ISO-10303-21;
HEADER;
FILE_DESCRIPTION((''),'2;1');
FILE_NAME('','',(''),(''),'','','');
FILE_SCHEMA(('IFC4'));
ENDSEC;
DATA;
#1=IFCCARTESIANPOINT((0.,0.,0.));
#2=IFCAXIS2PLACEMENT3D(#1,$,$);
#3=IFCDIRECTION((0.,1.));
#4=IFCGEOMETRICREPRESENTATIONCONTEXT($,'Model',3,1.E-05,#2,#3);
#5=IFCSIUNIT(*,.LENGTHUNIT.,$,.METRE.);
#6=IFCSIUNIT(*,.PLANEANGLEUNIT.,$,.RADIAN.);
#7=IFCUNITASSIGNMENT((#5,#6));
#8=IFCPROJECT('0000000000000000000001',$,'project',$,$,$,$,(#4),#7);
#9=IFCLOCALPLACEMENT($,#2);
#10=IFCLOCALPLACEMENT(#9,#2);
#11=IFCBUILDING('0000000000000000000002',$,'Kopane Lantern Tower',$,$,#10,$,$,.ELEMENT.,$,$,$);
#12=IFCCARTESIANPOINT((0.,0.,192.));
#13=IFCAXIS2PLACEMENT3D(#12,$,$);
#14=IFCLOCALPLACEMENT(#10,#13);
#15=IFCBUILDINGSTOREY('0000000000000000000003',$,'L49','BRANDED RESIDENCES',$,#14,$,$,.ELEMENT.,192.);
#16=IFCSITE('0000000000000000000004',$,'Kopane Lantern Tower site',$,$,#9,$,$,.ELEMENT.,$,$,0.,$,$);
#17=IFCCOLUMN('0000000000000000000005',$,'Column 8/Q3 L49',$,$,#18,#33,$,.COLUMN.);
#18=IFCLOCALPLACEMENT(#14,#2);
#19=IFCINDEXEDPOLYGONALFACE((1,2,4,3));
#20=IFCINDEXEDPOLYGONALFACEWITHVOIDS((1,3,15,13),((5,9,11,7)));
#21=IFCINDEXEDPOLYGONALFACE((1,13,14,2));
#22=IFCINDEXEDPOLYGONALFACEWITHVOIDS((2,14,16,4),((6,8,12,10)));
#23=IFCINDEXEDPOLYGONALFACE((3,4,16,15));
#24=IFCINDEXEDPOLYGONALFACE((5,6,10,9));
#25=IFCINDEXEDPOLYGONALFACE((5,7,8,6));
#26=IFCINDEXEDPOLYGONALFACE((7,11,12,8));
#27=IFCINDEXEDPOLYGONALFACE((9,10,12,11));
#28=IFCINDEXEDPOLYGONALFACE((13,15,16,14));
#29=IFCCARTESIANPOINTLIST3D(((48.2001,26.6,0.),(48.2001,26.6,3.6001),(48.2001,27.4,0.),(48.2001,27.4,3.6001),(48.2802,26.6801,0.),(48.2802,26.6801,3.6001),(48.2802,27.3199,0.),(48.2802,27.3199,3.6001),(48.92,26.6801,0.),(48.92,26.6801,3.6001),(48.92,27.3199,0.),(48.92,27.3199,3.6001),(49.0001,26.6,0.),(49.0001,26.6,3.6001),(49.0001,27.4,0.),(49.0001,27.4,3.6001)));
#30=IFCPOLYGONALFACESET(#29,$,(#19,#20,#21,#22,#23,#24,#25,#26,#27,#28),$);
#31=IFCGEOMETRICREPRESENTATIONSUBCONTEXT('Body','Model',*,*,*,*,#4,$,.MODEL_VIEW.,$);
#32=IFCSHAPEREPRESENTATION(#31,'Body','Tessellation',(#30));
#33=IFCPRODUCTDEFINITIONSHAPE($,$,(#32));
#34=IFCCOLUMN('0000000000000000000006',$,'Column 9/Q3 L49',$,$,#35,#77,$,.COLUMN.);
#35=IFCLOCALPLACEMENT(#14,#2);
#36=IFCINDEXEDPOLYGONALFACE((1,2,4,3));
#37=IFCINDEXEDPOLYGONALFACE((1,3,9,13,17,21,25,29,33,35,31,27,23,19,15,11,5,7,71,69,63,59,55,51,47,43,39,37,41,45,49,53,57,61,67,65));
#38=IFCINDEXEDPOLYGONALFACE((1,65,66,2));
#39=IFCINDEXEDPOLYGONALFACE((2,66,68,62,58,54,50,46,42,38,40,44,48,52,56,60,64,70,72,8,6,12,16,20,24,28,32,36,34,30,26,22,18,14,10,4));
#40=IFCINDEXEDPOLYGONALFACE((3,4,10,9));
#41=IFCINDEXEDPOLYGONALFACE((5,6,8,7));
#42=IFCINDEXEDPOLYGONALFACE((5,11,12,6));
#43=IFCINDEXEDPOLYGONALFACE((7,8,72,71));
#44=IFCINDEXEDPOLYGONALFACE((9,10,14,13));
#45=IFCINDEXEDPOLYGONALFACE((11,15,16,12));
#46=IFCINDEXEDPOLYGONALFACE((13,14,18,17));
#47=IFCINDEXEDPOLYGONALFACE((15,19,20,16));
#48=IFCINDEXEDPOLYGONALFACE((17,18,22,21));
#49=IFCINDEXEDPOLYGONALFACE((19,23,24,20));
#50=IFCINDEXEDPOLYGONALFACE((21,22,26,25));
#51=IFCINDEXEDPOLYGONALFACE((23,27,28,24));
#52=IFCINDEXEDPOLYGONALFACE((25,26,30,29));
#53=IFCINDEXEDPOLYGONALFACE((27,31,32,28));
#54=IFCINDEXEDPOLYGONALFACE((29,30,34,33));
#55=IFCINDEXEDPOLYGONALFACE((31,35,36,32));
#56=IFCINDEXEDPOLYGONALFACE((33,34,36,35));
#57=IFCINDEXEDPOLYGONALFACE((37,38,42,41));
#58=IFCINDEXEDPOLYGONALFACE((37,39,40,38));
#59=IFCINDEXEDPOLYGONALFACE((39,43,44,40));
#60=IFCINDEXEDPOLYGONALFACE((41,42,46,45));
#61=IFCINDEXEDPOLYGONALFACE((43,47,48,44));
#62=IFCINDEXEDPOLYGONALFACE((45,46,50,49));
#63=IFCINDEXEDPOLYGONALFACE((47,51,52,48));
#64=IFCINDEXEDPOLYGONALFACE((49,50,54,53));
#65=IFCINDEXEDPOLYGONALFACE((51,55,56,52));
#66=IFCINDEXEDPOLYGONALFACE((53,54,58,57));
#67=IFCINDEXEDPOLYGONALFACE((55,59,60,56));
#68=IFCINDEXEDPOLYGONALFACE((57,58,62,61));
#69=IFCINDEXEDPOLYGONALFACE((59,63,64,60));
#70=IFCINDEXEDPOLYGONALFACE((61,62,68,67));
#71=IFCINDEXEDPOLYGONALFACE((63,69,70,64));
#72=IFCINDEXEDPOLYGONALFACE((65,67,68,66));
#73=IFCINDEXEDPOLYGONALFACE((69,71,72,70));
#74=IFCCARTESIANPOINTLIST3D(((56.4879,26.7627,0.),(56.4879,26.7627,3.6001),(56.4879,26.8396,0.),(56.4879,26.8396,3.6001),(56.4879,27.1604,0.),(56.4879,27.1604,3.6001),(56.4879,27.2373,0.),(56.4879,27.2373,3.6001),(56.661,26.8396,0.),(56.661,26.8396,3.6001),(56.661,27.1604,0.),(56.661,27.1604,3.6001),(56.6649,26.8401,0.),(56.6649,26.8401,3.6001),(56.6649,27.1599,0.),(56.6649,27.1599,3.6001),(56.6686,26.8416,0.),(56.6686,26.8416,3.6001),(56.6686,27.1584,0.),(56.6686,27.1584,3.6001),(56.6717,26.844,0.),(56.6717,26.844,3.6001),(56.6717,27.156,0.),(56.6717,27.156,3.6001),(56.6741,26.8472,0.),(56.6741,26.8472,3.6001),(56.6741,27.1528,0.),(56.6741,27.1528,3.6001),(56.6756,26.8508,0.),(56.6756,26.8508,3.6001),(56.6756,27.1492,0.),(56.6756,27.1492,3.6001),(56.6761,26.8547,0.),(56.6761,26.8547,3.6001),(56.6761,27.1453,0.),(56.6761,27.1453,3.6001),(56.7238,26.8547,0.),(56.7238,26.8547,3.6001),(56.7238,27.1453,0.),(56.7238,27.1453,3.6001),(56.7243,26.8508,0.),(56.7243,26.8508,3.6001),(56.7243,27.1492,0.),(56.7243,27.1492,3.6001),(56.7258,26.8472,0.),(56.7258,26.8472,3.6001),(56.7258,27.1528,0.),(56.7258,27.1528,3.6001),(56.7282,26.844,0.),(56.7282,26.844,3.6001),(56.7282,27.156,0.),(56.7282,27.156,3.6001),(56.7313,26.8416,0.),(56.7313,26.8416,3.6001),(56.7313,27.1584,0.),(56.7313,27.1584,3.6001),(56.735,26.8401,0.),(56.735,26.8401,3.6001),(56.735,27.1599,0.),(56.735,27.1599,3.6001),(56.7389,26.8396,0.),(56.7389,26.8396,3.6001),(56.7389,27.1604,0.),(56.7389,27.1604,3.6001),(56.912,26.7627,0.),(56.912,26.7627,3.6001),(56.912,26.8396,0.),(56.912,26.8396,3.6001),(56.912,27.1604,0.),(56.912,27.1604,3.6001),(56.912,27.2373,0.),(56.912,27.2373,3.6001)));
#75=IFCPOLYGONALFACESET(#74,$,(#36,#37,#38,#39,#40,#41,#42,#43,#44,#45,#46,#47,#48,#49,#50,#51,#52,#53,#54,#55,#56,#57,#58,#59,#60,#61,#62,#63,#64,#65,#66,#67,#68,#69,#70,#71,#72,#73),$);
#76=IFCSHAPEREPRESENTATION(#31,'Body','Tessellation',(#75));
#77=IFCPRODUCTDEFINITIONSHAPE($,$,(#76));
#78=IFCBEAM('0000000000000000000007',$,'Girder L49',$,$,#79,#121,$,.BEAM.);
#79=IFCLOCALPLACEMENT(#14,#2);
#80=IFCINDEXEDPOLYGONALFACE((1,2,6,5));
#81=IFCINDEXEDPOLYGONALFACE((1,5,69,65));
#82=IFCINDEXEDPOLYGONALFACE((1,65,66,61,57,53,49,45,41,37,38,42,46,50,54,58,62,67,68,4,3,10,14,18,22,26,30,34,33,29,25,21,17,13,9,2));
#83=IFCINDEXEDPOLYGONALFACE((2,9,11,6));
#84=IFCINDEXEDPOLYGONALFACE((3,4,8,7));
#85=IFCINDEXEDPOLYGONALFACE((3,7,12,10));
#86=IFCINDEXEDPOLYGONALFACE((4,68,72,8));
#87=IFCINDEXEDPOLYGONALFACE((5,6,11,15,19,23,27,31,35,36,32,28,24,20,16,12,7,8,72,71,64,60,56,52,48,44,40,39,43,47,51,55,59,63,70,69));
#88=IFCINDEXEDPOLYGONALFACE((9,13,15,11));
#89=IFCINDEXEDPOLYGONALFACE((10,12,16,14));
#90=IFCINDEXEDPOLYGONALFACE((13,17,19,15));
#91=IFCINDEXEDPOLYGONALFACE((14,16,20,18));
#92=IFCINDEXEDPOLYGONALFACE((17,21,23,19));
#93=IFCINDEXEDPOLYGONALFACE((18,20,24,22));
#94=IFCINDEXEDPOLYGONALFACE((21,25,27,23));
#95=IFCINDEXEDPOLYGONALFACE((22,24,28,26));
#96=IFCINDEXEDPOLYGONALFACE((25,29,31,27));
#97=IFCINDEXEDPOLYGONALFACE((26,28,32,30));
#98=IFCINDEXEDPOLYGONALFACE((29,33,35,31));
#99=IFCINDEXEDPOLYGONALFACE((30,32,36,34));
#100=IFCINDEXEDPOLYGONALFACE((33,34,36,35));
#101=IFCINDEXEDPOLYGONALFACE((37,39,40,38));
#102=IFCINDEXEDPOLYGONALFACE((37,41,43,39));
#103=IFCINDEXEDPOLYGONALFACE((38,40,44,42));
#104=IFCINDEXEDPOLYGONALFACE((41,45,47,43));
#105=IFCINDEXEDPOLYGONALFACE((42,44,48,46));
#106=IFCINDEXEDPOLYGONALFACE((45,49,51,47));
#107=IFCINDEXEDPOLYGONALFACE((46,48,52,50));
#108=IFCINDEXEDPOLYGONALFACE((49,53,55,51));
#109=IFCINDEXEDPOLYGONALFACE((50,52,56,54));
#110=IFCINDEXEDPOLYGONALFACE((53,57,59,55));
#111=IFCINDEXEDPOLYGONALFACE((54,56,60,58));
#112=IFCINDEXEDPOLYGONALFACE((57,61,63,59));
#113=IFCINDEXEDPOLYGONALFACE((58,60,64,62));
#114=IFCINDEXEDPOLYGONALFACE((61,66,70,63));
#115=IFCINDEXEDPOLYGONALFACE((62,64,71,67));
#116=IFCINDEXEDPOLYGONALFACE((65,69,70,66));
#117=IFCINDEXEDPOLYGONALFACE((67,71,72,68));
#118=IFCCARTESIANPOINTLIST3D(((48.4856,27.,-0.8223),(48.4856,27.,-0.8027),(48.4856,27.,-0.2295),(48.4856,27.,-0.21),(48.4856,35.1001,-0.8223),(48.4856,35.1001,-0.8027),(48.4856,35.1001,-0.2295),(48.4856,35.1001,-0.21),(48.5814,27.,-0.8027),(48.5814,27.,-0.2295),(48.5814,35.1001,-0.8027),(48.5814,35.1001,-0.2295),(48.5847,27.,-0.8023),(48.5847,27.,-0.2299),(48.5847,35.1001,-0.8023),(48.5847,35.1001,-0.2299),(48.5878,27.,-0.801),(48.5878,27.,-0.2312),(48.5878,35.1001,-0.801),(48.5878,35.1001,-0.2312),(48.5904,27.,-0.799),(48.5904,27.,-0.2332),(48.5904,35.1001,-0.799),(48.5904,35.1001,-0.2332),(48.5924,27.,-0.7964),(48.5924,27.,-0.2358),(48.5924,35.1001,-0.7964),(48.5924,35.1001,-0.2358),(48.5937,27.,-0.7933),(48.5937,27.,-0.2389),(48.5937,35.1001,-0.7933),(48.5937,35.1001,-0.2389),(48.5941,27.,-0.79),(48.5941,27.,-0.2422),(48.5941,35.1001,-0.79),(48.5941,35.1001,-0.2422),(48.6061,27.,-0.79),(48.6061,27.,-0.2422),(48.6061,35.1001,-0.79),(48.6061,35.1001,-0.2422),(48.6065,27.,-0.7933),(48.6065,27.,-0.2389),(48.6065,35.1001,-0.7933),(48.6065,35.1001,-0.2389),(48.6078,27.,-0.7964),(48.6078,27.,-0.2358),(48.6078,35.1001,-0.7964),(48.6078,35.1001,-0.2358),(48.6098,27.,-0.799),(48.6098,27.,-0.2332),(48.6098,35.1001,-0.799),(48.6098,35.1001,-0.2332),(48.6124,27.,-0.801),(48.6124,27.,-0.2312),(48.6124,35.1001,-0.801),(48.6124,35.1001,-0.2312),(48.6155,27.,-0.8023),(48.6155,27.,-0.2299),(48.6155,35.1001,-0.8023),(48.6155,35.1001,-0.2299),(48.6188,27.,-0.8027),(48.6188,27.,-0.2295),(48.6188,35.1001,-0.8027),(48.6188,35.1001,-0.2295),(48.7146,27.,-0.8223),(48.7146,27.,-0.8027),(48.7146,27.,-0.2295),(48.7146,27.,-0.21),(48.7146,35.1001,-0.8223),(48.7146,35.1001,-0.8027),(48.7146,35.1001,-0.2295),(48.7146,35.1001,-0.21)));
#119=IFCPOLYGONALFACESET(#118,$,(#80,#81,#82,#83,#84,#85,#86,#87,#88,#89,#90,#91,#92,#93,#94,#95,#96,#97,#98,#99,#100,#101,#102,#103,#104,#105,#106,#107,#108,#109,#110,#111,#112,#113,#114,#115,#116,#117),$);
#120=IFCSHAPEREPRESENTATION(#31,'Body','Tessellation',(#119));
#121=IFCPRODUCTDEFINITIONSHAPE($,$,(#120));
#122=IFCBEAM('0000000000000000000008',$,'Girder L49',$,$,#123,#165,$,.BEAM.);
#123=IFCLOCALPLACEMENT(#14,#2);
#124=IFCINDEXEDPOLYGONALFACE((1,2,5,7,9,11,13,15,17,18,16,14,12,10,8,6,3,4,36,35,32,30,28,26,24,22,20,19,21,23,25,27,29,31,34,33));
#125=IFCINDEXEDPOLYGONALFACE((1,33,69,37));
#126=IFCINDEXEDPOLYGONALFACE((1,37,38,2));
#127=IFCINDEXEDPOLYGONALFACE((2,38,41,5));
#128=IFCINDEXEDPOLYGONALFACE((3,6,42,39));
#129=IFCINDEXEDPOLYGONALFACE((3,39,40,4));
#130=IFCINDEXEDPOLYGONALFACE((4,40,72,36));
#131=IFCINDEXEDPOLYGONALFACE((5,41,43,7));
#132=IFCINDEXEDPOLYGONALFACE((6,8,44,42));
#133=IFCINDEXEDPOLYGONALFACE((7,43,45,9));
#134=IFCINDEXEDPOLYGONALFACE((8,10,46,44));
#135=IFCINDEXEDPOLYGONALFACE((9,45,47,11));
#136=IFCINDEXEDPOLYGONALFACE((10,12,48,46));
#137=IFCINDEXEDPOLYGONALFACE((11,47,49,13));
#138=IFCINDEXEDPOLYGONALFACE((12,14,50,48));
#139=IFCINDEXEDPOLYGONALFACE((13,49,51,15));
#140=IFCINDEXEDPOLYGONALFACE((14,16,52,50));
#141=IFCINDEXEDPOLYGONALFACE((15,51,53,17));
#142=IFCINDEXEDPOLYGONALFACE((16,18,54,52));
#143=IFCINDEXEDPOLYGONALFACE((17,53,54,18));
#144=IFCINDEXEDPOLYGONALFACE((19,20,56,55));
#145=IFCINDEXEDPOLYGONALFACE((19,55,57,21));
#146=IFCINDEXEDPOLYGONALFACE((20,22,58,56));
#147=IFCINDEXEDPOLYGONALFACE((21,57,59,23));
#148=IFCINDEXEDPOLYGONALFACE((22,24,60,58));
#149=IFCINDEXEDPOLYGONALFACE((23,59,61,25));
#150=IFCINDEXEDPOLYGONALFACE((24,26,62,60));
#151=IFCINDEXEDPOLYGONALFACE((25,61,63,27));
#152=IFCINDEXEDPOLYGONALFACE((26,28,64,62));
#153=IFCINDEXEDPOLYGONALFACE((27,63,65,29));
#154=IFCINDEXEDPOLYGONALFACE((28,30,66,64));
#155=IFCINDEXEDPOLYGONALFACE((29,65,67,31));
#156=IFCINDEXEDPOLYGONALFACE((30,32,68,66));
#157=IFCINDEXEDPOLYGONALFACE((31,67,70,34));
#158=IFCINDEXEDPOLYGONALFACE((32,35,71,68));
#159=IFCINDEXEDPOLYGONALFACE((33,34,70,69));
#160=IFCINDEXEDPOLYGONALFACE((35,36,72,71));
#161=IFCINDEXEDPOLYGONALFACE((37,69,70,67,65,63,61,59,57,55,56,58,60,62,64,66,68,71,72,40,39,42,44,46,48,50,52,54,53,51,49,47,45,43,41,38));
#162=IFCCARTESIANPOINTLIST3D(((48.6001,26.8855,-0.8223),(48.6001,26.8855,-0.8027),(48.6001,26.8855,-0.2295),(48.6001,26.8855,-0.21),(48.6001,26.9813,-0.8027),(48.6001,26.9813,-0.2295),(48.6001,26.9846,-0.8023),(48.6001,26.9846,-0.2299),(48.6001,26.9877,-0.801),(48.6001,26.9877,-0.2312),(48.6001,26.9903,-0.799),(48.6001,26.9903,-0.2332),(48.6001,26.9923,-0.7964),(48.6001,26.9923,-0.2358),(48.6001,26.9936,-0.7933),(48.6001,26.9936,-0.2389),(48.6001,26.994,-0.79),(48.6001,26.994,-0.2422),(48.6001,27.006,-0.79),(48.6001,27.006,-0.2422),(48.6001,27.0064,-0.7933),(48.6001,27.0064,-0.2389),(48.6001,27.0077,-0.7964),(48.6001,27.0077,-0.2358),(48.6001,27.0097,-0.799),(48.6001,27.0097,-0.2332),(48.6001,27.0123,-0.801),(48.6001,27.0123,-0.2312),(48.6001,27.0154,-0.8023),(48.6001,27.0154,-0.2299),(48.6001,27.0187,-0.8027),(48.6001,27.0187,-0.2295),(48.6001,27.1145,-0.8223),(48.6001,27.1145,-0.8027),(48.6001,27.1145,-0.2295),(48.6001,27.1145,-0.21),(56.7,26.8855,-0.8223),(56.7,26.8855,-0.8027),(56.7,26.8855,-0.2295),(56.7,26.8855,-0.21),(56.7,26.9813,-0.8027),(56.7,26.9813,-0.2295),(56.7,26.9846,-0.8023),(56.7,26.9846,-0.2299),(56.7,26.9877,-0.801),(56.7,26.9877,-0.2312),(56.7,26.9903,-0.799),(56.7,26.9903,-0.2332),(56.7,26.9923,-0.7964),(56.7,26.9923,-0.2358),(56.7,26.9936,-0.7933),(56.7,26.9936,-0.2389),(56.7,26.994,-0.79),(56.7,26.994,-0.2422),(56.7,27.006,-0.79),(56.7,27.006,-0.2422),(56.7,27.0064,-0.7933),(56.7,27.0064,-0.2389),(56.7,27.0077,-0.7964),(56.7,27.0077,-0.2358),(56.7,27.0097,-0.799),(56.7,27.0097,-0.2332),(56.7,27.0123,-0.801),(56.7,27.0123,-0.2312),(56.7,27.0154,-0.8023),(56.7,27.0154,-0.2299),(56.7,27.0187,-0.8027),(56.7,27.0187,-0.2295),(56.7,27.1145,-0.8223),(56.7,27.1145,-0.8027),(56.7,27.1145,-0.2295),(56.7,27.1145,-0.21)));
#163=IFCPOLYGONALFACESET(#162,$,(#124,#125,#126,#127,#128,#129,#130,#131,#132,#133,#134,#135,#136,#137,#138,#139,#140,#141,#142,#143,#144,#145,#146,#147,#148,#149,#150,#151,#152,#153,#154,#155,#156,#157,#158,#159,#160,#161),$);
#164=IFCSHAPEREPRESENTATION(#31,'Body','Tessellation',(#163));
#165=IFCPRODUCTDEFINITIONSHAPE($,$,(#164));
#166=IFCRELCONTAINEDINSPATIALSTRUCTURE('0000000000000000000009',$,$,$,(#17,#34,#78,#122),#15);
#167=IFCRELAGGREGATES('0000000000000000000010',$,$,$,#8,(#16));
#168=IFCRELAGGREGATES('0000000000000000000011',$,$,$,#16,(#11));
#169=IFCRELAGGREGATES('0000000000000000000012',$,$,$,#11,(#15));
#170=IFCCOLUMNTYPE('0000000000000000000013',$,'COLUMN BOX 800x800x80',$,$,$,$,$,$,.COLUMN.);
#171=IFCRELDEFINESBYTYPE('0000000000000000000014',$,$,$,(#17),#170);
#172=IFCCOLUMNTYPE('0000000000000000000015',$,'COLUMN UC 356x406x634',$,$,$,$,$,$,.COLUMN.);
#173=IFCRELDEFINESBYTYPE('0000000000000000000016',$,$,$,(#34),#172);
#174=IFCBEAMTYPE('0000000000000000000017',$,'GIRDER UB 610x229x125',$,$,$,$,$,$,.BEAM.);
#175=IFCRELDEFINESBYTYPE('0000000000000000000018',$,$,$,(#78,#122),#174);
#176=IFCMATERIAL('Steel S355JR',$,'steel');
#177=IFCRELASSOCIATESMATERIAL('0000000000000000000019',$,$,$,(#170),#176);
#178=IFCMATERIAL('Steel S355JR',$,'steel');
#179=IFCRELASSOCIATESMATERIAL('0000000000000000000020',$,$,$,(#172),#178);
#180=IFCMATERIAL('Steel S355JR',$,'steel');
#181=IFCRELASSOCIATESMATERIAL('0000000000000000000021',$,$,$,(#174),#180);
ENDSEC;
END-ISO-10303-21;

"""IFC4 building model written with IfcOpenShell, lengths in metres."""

from ifc_helpers import new_model, si_unit, direction, frame, origin, origin_2d, place, context, subcontext, project, spatial, hollow_rectangle, i_section, extrude, material, material_profile, profile_set, type_object, element, save


model = new_model("IFC4")

# Units and contexts
model_context = context("Model", 3, precision=1e-05, world=origin(), true_north=direction((0.0, 1.0)))
body_context = subcontext(model_context, "Body", "Model", "MODEL_VIEW")
ifc_project = project(units=[si_unit("LENGTHUNIT", "METRE"), si_unit("PLANEANGLEUNIT", "RADIAN")], contexts=[model_context])

# Site, building, storey
site_placement = place(None, origin())
site = spatial("IfcSite", under=ifc_project, at=site_placement, Name="Kopane Lantern Tower site", CompositionType="ELEMENT", RefElevation=0.0)
building_placement = place(site_placement, origin())
building = spatial("IfcBuilding", under=site, at=building_placement, Name="Kopane Lantern Tower", CompositionType="ELEMENT")
storey_placement = place(building_placement, frame((0.0, 0.0, 192.0)))
storey = spatial("IfcBuildingStorey", under=building, at=storey_placement, Name="L49", Description="BRANDED RESIDENCES", CompositionType="ELEMENT", Elevation=192.0)

# Columns
ifc_material_1 = material(Name="Steel S355JR", Category="steel")
ifc_material_profile_1 = material_profile(ifc_material_1, hollow_rectangle(XDim=0.8, YDim=0.8, WallThickness=0.0801, at=origin_2d()), Name="BOX 800x800x80")
ifc_profile_set_1 = profile_set([ifc_material_profile_1], Name="Steel S355JR")
column_type_1 = type_object("IfcColumnType", Name="COLUMN BOX 800x800x80", PredefinedType="COLUMN", material=ifc_profile_set_1)
column_1_placement = place(storey_placement, frame((48.6001, 27.0, 0.0), z_axis=(0.0, 0.0, 1.0), x_axis=(1.0, 0.0, 0.0)))
element("IfcColumn", 1, at=column_1_placement, inside=storey, type_object=column_type_1, Name="Column 8/Q3 L49", PredefinedType="COLUMN", context=body_context, shape_type="SweptSolid", body=[
    extrude(hollow_rectangle(XDim=0.8, YDim=0.8, WallThickness=0.0801, at=origin_2d()), origin(), (0.0, 0.0, 1.0), 3.6001),
])
ifc_material_2 = material(Name="Steel S355JR", Category="steel")
ifc_material_profile_2 = material_profile(ifc_material_2, i_section(OverallWidth=0.4241, OverallDepth=0.4746, WebThickness=0.0476, FlangeThickness=0.0769, FilletRadius=0.0151, at=origin_2d()), Name="UC 356x406x634")
ifc_profile_set_2 = profile_set([ifc_material_profile_2], Name="Steel S355JR")
column_type_2 = type_object("IfcColumnType", Name="COLUMN UC 356x406x634", PredefinedType="COLUMN", material=ifc_profile_set_2)
column_2_placement = place(storey_placement, frame((56.7, 27.0, 0.0), z_axis=(0.0, 0.0, 1.0), x_axis=(1.0, 0.0, 0.0)))
element("IfcColumn", 2, at=column_2_placement, inside=storey, type_object=column_type_2, Name="Column 9/Q3 L49", PredefinedType="COLUMN", context=body_context, shape_type="SweptSolid", body=[
    extrude(i_section(OverallWidth=0.4241, OverallDepth=0.4746, WebThickness=0.0476, FlangeThickness=0.0769, FilletRadius=0.0151, at=origin_2d()), origin(), (0.0, 0.0, 1.0), 3.6001),
])

# Beams
ifc_material_3 = material(Name="Steel S355JR", Category="steel")
ifc_material_profile_3 = material_profile(ifc_material_3, i_section(OverallWidth=0.229, OverallDepth=0.6123, WebThickness=0.012, FlangeThickness=0.0195, FilletRadius=0.0127, at=origin_2d()), Name="UB 610x229x125")
ifc_profile_set_3 = profile_set([ifc_material_profile_3], Name="Steel S355JR")
beam_type = type_object("IfcBeamType", Name="GIRDER UB 610x229x125", PredefinedType="BEAM", material=ifc_profile_set_3)
beam_1_placement = place(storey_placement, frame((48.6001, 27.0, -0.5161), z_axis=(0.0, 1.0, 0.0), x_axis=(-1.0, 0.0, 0.0)))
element("IfcBeam", 3, at=beam_1_placement, inside=storey, type_object=beam_type, Name="Girder L49", PredefinedType="BEAM", context=body_context, shape_type="SweptSolid", body=[
    extrude(i_section(OverallWidth=0.229, OverallDepth=0.6123, WebThickness=0.012, FlangeThickness=0.0195, FilletRadius=0.0127, at=origin_2d()), origin(), (0.0, 0.0, 1.0), 8.1001),
])
beam_2_placement = place(storey_placement, frame((48.6001, 27.0, -0.5161), z_axis=(1.0, 0.0, 0.0), x_axis=(0.0, 1.0, 0.0)))
element("IfcBeam", 4, at=beam_2_placement, inside=storey, type_object=beam_type, Name="Girder L49", PredefinedType="BEAM", context=body_context, shape_type="SweptSolid", body=[
    extrude(i_section(OverallWidth=0.229, OverallDepth=0.6123, WebThickness=0.012, FlangeThickness=0.0195, FilletRadius=0.0127, at=origin_2d()), origin(), (0.0, 0.0, 1.0), 8.0999),
])

save(model, "model.ifc")
